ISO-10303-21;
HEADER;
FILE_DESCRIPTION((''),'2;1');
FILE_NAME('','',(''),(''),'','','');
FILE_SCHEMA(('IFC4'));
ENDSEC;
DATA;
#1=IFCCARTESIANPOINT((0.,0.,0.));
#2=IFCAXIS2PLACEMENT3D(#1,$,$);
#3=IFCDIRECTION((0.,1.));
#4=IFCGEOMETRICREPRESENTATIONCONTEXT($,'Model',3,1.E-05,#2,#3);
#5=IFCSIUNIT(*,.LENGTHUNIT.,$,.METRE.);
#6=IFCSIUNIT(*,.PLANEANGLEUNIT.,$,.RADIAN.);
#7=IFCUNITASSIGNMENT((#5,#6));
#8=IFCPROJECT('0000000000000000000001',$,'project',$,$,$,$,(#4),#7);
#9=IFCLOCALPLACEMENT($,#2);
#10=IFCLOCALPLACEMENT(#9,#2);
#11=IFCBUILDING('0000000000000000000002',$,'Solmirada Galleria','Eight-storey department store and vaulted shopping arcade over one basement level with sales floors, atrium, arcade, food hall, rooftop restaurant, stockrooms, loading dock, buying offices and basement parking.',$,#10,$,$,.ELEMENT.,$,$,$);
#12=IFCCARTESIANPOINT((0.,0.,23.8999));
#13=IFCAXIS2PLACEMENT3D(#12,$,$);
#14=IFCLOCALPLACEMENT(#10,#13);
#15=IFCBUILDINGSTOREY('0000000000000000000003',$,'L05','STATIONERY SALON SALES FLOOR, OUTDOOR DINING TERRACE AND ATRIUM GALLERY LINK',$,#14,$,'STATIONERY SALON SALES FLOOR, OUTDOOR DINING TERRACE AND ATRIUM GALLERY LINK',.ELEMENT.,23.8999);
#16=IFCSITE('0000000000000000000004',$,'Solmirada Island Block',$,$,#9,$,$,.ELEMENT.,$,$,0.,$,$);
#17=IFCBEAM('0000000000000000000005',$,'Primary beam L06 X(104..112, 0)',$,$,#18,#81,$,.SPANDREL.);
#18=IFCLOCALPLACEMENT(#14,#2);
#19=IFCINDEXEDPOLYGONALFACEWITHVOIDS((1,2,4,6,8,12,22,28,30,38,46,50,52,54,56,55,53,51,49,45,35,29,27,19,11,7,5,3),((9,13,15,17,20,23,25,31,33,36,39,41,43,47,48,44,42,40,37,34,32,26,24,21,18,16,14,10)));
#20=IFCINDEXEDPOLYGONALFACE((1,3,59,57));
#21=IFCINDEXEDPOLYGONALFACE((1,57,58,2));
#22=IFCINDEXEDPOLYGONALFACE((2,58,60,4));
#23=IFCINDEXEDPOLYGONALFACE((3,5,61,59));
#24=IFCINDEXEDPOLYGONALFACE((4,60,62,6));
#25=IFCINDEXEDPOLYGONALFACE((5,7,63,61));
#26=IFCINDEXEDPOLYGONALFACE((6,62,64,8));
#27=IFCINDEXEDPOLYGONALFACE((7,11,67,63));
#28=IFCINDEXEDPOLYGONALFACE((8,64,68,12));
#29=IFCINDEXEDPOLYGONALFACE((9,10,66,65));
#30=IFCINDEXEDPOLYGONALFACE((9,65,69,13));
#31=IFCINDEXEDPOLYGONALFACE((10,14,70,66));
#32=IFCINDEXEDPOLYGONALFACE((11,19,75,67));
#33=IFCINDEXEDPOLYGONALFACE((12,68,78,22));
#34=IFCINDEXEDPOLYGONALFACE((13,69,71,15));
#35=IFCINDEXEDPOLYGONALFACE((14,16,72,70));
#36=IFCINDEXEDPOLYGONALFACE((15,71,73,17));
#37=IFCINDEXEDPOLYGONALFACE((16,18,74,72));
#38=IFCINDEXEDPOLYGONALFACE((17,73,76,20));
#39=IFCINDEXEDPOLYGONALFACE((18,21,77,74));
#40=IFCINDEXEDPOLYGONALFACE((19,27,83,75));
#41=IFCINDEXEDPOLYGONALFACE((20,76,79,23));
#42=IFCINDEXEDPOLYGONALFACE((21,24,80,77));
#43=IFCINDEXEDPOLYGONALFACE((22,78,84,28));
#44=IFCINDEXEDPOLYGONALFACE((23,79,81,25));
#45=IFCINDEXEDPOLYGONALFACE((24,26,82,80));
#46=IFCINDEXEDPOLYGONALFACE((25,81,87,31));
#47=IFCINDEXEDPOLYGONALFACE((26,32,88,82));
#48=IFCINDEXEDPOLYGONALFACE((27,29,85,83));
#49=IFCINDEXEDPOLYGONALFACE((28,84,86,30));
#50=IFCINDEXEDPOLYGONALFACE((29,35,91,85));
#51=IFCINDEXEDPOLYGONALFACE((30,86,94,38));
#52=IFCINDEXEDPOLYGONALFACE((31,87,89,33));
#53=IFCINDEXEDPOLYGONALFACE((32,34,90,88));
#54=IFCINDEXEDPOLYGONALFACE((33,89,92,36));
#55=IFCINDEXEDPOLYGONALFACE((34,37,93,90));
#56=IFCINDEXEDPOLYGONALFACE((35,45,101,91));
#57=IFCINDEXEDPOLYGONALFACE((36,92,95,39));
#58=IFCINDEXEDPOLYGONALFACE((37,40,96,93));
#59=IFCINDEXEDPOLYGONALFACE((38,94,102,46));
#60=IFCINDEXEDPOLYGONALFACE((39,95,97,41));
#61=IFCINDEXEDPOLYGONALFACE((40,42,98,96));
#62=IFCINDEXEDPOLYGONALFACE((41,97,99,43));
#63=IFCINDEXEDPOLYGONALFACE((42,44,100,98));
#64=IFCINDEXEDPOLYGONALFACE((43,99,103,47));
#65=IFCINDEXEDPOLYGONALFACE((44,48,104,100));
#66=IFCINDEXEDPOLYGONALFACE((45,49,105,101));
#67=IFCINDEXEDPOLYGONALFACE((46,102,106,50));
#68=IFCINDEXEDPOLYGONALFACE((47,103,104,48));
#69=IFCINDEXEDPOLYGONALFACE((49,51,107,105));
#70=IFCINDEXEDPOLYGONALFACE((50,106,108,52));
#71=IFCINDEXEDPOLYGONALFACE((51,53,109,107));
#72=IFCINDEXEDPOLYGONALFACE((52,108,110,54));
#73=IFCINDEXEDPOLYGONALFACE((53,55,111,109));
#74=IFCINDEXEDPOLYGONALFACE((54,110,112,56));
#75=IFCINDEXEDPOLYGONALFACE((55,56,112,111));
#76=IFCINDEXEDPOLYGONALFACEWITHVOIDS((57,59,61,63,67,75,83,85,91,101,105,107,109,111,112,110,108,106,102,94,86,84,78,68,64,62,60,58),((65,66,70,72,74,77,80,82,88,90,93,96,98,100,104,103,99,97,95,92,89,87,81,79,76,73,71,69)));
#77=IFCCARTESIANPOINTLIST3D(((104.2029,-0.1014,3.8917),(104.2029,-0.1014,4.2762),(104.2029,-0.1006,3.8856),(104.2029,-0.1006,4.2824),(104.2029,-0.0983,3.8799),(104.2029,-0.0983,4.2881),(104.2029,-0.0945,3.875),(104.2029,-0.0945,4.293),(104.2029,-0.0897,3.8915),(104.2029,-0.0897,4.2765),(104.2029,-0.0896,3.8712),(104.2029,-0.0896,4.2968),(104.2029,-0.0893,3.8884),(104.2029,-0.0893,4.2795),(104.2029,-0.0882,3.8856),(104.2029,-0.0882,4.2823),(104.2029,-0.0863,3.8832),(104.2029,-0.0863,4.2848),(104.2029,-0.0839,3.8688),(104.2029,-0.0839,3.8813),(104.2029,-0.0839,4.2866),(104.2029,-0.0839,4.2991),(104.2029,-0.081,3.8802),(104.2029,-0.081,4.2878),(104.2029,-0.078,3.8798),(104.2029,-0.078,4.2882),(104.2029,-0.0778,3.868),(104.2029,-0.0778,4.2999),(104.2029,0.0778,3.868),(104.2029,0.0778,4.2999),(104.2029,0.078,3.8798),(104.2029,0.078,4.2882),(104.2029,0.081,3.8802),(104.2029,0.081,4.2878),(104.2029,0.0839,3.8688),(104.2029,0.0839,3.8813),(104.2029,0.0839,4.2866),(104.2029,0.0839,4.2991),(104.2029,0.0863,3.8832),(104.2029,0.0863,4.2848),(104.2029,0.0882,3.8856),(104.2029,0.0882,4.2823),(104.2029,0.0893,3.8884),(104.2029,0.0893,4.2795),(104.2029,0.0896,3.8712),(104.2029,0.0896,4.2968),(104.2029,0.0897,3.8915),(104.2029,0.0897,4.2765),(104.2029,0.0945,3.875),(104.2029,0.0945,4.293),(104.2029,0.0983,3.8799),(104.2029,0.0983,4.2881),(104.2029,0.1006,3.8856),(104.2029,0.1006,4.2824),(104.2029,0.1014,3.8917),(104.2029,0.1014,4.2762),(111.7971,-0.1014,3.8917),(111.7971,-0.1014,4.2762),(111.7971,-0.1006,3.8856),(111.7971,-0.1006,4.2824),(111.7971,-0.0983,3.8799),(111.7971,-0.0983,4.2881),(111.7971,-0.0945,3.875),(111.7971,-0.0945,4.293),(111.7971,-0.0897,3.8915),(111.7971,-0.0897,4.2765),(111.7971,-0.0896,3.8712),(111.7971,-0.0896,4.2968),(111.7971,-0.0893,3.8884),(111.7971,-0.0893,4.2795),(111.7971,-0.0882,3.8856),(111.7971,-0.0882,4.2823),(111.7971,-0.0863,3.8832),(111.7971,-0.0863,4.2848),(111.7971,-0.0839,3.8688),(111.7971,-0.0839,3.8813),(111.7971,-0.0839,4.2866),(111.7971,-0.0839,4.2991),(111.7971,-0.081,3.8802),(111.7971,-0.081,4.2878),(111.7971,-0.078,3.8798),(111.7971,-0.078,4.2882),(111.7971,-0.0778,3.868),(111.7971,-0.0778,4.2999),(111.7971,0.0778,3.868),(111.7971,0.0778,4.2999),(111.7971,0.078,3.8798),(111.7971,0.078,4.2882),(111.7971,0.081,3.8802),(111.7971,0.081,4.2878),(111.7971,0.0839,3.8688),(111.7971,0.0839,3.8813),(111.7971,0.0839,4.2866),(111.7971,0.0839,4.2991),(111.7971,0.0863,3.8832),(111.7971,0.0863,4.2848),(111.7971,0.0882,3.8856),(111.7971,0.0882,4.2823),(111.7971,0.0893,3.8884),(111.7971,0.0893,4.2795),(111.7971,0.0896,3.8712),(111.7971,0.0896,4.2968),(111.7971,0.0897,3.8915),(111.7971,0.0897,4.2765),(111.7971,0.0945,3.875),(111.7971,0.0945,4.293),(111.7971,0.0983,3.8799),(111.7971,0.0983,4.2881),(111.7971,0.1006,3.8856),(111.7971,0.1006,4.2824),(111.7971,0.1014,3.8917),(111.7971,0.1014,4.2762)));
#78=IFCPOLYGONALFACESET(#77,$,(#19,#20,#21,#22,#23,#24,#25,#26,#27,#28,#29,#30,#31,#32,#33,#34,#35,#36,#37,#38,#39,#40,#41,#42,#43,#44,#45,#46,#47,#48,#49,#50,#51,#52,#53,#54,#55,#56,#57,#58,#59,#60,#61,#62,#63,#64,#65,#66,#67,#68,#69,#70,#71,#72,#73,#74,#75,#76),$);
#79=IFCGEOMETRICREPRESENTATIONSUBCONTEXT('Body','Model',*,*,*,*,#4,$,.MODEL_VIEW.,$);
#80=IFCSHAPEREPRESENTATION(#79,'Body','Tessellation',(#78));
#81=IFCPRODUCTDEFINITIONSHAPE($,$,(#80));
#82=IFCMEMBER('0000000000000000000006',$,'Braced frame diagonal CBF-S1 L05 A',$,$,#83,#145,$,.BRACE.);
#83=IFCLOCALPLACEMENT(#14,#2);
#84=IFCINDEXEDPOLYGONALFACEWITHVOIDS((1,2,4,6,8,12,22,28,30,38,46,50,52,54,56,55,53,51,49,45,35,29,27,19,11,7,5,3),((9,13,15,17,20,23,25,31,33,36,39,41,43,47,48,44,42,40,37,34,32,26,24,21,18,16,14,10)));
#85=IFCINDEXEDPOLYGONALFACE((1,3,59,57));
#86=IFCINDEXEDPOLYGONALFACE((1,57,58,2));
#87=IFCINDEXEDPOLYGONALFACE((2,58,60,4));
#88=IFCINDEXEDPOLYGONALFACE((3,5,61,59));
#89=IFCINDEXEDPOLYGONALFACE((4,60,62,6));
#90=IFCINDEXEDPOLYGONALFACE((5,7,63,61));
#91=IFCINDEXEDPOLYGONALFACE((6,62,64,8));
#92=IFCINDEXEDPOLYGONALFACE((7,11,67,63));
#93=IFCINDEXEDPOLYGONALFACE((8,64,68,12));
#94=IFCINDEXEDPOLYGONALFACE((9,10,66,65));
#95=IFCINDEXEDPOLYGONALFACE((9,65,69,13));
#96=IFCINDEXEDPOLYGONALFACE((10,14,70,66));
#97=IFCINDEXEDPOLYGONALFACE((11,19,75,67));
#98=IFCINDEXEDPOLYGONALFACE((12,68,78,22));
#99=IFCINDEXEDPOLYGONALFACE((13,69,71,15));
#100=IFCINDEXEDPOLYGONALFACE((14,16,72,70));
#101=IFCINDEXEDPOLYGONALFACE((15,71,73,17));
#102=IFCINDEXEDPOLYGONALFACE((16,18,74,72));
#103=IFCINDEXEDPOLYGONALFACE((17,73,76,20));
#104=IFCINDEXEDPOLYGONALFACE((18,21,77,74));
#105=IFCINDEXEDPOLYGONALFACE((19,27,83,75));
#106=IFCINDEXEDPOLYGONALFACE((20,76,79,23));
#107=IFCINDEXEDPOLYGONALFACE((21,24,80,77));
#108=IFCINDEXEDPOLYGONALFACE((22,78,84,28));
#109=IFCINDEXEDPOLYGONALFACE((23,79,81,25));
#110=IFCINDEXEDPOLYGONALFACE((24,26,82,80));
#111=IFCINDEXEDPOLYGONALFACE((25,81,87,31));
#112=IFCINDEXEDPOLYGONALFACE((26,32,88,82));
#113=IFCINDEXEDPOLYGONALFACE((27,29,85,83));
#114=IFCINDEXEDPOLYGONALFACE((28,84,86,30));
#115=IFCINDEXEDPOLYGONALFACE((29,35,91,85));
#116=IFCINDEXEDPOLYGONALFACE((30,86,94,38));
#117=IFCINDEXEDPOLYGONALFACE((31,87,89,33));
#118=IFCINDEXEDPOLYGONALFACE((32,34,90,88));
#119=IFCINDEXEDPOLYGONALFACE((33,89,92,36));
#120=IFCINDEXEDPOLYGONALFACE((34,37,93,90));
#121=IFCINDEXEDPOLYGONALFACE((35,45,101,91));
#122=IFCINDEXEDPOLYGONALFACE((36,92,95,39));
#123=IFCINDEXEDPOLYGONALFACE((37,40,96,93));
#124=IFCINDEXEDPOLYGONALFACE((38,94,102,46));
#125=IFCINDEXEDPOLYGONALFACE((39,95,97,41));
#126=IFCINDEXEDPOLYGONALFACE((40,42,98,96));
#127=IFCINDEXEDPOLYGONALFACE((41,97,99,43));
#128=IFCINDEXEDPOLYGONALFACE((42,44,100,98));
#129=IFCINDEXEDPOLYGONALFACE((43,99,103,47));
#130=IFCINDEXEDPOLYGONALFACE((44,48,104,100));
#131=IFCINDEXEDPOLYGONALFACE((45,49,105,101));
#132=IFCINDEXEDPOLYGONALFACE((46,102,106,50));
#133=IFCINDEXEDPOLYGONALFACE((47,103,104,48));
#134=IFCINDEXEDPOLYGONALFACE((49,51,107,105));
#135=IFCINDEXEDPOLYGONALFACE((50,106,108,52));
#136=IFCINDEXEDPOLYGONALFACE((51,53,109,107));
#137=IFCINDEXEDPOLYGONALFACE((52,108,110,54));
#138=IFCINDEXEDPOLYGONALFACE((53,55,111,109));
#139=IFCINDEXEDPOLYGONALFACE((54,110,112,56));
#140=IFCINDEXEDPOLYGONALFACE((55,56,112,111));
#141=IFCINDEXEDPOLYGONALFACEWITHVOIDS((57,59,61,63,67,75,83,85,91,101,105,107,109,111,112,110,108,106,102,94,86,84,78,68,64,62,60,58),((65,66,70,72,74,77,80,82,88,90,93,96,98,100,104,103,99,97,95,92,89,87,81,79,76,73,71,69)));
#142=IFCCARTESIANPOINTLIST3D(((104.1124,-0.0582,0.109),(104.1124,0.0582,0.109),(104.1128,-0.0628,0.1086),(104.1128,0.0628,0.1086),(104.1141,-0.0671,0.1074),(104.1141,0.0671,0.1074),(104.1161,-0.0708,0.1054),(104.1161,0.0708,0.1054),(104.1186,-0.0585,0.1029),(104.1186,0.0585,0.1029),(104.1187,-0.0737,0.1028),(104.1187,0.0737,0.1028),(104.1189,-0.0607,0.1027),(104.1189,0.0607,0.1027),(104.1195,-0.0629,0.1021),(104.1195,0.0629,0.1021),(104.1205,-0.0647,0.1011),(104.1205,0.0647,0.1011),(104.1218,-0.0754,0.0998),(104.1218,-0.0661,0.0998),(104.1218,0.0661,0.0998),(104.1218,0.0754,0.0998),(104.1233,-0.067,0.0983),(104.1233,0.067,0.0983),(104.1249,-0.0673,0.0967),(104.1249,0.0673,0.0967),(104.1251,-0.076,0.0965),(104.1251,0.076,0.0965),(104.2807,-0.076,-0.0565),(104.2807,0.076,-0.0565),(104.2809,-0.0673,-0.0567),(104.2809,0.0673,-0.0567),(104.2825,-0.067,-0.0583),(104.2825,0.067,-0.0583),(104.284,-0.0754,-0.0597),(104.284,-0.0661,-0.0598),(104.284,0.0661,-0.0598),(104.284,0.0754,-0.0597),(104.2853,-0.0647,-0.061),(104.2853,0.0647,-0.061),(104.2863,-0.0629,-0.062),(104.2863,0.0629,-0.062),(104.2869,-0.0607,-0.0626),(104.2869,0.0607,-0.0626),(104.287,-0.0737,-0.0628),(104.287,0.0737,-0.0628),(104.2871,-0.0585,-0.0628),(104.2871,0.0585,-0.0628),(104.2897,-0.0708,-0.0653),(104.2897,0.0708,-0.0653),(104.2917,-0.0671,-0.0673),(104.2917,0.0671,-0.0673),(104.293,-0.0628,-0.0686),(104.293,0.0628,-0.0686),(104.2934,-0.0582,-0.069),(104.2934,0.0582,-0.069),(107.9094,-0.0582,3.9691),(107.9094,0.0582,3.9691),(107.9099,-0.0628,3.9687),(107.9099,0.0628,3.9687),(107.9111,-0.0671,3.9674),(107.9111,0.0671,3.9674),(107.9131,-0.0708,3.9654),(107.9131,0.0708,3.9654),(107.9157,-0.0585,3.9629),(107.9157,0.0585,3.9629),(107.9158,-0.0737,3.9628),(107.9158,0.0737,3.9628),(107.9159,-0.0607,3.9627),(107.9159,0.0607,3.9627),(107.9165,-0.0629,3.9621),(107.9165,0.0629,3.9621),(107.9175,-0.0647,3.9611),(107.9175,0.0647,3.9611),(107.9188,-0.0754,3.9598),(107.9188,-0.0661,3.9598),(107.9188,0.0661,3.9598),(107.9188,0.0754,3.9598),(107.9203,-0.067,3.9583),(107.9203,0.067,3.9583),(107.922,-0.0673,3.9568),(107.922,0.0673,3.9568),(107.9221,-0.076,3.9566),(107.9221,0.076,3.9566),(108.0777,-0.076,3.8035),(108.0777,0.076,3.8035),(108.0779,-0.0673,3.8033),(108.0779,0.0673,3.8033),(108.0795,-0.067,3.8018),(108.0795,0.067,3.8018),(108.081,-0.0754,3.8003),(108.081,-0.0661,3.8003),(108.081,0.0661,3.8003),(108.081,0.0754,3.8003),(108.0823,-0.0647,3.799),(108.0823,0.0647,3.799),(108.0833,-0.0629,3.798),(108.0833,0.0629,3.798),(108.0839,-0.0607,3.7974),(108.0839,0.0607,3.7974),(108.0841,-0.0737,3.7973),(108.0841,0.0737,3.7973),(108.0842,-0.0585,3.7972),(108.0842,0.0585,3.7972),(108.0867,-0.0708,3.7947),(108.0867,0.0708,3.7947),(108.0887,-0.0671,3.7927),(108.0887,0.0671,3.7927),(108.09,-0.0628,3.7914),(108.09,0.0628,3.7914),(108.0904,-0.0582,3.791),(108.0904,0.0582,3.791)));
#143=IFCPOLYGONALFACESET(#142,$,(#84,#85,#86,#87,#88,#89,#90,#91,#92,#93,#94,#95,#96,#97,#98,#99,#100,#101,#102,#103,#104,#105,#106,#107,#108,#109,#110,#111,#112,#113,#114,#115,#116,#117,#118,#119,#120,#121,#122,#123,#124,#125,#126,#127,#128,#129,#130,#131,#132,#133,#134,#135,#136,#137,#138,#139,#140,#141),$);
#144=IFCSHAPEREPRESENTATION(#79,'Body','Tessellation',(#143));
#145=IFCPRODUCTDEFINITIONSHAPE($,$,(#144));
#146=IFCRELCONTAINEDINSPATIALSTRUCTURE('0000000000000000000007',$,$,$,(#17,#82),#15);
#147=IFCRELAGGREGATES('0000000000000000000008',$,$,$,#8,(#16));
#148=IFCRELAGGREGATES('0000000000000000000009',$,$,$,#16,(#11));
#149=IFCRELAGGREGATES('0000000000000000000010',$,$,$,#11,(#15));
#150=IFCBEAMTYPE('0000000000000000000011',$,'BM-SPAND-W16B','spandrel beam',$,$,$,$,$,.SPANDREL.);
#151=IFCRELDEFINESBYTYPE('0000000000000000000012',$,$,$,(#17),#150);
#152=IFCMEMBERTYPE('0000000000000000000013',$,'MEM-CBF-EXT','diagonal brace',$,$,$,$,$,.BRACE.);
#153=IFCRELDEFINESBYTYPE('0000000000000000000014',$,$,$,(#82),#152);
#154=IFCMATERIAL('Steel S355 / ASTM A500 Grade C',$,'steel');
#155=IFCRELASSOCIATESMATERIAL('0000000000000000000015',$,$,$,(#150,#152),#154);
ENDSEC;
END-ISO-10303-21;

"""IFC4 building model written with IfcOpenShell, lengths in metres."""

from ifc_helpers import new_model, si_unit, direction, frame, origin, origin_2d, place, context, subcontext, project, spatial, hollow_rectangle, extrude, material, material_profile, profile_set, type_object, element, save


model = new_model("IFC4")

# Units and contexts
model_context = context("Model", 3, precision=1e-05, world=origin(), true_north=direction((0.0, 1.0)))
body_context = subcontext(model_context, "Body", "Model", "MODEL_VIEW")
ifc_project = project(units=[si_unit("LENGTHUNIT", "METRE"), si_unit("PLANEANGLEUNIT", "RADIAN")], contexts=[model_context])

# Site, building, storey
site_placement = place(None, origin())
site = spatial("IfcSite", under=ifc_project, at=site_placement, Name="Solmirada Island Block", CompositionType="ELEMENT", RefElevation=0.0)
building_placement = place(site_placement, origin())
building = spatial("IfcBuilding", under=site, at=building_placement, Name="Solmirada Galleria", Description="Eight-storey department store and vaulted shopping arcade over one basement level with sales floors, atrium, arcade, food hall, rooftop restaurant, stockrooms, loading dock, buying offices and basement parking.", CompositionType="ELEMENT")
storey_placement = place(building_placement, frame((0.0, 0.0, 23.8999)))
storey = spatial("IfcBuildingStorey", under=building, at=storey_placement, Name="L05", Description="STATIONERY SALON SALES FLOOR, OUTDOOR DINING TERRACE AND ATRIUM GALLERY LINK", LongName="STATIONERY SALON SALES FLOOR, OUTDOOR DINING TERRACE AND ATRIUM GALLERY LINK", CompositionType="ELEMENT", Elevation=23.8999)

# Shared definitions
ifc_material_1 = material(Name="Steel S355 / ASTM A500 Grade C", Category="steel")

# Beam
ifc_material_profile_1 = material_profile(ifc_material_1, hollow_rectangle(XDim=0.2029, YDim=0.4319, WallThickness=0.0117, InnerFilletRadius=0.0117, OuterFilletRadius=0.0237, at=origin_2d()), Name="HSS17X8X1/2")
ifc_profile_set_1 = profile_set([ifc_material_profile_1], Name="Steel S355 / ASTM A500 Grade C")
beam_type_1 = type_object("IfcBeamType", Name="BM-SPAND-W16B", Description="spandrel beam", PredefinedType="SPANDREL", material=ifc_profile_set_1)
beam_placement = place(storey_placement, frame((104.2029, 0.0, 4.084), z_axis=(1.0, 0.0, 0.0), x_axis=(0.0, 1.0, 0.0)))
element("IfcBeam", 1, at=beam_placement, inside=storey, type_object=beam_type_1, Name="Primary beam L06 X(104..112, 0)", PredefinedType="SPANDREL", context=body_context, shape_type="SweptSolid", body=[
    extrude(hollow_rectangle(XDim=0.2029, YDim=0.4319, WallThickness=0.0117, InnerFilletRadius=0.0117, OuterFilletRadius=0.0237, at=origin_2d()), origin(), (0.0, 0.0, 1.0), 7.5942),
])

# Member
ifc_material_profile_2 = material_profile(ifc_material_1, hollow_rectangle(XDim=0.1521, YDim=0.2539, WallThickness=0.0088, InnerFilletRadius=0.0088, OuterFilletRadius=0.0178, at=origin_2d()), Name="HSS10X6X3/8")
ifc_profile_set_2 = profile_set([ifc_material_profile_2], Name="Steel S355 / ASTM A500 Grade C")
member_type = type_object("IfcMemberType", Name="MEM-CBF-EXT", Description="diagonal brace", PredefinedType="BRACE", material=ifc_profile_set_2)
for number, where, z_axis, x_axis, name in (
    (2, (104.2029, 0.0, 0.02), (0.701266, 0.0, 0.712899), (0.0, 1.0, 0.0), "Braced frame diagonal CBF-S1 L05 A"),
):
    element("IfcMember", number, at=place(storey_placement, frame(where, z_axis=z_axis, x_axis=x_axis)), inside=storey, type_object=member_type, Name=name, PredefinedType="BRACE", context=body_context, shape_type="SweptSolid", body=[
        extrude(hollow_rectangle(XDim=0.1521, YDim=0.2539, WallThickness=0.0088, InnerFilletRadius=0.0088, OuterFilletRadius=0.0178, at=origin_2d()), origin(), (0.0, 0.0, 1.0), 5.4146),
    ])

save(model, "model.ifc")
